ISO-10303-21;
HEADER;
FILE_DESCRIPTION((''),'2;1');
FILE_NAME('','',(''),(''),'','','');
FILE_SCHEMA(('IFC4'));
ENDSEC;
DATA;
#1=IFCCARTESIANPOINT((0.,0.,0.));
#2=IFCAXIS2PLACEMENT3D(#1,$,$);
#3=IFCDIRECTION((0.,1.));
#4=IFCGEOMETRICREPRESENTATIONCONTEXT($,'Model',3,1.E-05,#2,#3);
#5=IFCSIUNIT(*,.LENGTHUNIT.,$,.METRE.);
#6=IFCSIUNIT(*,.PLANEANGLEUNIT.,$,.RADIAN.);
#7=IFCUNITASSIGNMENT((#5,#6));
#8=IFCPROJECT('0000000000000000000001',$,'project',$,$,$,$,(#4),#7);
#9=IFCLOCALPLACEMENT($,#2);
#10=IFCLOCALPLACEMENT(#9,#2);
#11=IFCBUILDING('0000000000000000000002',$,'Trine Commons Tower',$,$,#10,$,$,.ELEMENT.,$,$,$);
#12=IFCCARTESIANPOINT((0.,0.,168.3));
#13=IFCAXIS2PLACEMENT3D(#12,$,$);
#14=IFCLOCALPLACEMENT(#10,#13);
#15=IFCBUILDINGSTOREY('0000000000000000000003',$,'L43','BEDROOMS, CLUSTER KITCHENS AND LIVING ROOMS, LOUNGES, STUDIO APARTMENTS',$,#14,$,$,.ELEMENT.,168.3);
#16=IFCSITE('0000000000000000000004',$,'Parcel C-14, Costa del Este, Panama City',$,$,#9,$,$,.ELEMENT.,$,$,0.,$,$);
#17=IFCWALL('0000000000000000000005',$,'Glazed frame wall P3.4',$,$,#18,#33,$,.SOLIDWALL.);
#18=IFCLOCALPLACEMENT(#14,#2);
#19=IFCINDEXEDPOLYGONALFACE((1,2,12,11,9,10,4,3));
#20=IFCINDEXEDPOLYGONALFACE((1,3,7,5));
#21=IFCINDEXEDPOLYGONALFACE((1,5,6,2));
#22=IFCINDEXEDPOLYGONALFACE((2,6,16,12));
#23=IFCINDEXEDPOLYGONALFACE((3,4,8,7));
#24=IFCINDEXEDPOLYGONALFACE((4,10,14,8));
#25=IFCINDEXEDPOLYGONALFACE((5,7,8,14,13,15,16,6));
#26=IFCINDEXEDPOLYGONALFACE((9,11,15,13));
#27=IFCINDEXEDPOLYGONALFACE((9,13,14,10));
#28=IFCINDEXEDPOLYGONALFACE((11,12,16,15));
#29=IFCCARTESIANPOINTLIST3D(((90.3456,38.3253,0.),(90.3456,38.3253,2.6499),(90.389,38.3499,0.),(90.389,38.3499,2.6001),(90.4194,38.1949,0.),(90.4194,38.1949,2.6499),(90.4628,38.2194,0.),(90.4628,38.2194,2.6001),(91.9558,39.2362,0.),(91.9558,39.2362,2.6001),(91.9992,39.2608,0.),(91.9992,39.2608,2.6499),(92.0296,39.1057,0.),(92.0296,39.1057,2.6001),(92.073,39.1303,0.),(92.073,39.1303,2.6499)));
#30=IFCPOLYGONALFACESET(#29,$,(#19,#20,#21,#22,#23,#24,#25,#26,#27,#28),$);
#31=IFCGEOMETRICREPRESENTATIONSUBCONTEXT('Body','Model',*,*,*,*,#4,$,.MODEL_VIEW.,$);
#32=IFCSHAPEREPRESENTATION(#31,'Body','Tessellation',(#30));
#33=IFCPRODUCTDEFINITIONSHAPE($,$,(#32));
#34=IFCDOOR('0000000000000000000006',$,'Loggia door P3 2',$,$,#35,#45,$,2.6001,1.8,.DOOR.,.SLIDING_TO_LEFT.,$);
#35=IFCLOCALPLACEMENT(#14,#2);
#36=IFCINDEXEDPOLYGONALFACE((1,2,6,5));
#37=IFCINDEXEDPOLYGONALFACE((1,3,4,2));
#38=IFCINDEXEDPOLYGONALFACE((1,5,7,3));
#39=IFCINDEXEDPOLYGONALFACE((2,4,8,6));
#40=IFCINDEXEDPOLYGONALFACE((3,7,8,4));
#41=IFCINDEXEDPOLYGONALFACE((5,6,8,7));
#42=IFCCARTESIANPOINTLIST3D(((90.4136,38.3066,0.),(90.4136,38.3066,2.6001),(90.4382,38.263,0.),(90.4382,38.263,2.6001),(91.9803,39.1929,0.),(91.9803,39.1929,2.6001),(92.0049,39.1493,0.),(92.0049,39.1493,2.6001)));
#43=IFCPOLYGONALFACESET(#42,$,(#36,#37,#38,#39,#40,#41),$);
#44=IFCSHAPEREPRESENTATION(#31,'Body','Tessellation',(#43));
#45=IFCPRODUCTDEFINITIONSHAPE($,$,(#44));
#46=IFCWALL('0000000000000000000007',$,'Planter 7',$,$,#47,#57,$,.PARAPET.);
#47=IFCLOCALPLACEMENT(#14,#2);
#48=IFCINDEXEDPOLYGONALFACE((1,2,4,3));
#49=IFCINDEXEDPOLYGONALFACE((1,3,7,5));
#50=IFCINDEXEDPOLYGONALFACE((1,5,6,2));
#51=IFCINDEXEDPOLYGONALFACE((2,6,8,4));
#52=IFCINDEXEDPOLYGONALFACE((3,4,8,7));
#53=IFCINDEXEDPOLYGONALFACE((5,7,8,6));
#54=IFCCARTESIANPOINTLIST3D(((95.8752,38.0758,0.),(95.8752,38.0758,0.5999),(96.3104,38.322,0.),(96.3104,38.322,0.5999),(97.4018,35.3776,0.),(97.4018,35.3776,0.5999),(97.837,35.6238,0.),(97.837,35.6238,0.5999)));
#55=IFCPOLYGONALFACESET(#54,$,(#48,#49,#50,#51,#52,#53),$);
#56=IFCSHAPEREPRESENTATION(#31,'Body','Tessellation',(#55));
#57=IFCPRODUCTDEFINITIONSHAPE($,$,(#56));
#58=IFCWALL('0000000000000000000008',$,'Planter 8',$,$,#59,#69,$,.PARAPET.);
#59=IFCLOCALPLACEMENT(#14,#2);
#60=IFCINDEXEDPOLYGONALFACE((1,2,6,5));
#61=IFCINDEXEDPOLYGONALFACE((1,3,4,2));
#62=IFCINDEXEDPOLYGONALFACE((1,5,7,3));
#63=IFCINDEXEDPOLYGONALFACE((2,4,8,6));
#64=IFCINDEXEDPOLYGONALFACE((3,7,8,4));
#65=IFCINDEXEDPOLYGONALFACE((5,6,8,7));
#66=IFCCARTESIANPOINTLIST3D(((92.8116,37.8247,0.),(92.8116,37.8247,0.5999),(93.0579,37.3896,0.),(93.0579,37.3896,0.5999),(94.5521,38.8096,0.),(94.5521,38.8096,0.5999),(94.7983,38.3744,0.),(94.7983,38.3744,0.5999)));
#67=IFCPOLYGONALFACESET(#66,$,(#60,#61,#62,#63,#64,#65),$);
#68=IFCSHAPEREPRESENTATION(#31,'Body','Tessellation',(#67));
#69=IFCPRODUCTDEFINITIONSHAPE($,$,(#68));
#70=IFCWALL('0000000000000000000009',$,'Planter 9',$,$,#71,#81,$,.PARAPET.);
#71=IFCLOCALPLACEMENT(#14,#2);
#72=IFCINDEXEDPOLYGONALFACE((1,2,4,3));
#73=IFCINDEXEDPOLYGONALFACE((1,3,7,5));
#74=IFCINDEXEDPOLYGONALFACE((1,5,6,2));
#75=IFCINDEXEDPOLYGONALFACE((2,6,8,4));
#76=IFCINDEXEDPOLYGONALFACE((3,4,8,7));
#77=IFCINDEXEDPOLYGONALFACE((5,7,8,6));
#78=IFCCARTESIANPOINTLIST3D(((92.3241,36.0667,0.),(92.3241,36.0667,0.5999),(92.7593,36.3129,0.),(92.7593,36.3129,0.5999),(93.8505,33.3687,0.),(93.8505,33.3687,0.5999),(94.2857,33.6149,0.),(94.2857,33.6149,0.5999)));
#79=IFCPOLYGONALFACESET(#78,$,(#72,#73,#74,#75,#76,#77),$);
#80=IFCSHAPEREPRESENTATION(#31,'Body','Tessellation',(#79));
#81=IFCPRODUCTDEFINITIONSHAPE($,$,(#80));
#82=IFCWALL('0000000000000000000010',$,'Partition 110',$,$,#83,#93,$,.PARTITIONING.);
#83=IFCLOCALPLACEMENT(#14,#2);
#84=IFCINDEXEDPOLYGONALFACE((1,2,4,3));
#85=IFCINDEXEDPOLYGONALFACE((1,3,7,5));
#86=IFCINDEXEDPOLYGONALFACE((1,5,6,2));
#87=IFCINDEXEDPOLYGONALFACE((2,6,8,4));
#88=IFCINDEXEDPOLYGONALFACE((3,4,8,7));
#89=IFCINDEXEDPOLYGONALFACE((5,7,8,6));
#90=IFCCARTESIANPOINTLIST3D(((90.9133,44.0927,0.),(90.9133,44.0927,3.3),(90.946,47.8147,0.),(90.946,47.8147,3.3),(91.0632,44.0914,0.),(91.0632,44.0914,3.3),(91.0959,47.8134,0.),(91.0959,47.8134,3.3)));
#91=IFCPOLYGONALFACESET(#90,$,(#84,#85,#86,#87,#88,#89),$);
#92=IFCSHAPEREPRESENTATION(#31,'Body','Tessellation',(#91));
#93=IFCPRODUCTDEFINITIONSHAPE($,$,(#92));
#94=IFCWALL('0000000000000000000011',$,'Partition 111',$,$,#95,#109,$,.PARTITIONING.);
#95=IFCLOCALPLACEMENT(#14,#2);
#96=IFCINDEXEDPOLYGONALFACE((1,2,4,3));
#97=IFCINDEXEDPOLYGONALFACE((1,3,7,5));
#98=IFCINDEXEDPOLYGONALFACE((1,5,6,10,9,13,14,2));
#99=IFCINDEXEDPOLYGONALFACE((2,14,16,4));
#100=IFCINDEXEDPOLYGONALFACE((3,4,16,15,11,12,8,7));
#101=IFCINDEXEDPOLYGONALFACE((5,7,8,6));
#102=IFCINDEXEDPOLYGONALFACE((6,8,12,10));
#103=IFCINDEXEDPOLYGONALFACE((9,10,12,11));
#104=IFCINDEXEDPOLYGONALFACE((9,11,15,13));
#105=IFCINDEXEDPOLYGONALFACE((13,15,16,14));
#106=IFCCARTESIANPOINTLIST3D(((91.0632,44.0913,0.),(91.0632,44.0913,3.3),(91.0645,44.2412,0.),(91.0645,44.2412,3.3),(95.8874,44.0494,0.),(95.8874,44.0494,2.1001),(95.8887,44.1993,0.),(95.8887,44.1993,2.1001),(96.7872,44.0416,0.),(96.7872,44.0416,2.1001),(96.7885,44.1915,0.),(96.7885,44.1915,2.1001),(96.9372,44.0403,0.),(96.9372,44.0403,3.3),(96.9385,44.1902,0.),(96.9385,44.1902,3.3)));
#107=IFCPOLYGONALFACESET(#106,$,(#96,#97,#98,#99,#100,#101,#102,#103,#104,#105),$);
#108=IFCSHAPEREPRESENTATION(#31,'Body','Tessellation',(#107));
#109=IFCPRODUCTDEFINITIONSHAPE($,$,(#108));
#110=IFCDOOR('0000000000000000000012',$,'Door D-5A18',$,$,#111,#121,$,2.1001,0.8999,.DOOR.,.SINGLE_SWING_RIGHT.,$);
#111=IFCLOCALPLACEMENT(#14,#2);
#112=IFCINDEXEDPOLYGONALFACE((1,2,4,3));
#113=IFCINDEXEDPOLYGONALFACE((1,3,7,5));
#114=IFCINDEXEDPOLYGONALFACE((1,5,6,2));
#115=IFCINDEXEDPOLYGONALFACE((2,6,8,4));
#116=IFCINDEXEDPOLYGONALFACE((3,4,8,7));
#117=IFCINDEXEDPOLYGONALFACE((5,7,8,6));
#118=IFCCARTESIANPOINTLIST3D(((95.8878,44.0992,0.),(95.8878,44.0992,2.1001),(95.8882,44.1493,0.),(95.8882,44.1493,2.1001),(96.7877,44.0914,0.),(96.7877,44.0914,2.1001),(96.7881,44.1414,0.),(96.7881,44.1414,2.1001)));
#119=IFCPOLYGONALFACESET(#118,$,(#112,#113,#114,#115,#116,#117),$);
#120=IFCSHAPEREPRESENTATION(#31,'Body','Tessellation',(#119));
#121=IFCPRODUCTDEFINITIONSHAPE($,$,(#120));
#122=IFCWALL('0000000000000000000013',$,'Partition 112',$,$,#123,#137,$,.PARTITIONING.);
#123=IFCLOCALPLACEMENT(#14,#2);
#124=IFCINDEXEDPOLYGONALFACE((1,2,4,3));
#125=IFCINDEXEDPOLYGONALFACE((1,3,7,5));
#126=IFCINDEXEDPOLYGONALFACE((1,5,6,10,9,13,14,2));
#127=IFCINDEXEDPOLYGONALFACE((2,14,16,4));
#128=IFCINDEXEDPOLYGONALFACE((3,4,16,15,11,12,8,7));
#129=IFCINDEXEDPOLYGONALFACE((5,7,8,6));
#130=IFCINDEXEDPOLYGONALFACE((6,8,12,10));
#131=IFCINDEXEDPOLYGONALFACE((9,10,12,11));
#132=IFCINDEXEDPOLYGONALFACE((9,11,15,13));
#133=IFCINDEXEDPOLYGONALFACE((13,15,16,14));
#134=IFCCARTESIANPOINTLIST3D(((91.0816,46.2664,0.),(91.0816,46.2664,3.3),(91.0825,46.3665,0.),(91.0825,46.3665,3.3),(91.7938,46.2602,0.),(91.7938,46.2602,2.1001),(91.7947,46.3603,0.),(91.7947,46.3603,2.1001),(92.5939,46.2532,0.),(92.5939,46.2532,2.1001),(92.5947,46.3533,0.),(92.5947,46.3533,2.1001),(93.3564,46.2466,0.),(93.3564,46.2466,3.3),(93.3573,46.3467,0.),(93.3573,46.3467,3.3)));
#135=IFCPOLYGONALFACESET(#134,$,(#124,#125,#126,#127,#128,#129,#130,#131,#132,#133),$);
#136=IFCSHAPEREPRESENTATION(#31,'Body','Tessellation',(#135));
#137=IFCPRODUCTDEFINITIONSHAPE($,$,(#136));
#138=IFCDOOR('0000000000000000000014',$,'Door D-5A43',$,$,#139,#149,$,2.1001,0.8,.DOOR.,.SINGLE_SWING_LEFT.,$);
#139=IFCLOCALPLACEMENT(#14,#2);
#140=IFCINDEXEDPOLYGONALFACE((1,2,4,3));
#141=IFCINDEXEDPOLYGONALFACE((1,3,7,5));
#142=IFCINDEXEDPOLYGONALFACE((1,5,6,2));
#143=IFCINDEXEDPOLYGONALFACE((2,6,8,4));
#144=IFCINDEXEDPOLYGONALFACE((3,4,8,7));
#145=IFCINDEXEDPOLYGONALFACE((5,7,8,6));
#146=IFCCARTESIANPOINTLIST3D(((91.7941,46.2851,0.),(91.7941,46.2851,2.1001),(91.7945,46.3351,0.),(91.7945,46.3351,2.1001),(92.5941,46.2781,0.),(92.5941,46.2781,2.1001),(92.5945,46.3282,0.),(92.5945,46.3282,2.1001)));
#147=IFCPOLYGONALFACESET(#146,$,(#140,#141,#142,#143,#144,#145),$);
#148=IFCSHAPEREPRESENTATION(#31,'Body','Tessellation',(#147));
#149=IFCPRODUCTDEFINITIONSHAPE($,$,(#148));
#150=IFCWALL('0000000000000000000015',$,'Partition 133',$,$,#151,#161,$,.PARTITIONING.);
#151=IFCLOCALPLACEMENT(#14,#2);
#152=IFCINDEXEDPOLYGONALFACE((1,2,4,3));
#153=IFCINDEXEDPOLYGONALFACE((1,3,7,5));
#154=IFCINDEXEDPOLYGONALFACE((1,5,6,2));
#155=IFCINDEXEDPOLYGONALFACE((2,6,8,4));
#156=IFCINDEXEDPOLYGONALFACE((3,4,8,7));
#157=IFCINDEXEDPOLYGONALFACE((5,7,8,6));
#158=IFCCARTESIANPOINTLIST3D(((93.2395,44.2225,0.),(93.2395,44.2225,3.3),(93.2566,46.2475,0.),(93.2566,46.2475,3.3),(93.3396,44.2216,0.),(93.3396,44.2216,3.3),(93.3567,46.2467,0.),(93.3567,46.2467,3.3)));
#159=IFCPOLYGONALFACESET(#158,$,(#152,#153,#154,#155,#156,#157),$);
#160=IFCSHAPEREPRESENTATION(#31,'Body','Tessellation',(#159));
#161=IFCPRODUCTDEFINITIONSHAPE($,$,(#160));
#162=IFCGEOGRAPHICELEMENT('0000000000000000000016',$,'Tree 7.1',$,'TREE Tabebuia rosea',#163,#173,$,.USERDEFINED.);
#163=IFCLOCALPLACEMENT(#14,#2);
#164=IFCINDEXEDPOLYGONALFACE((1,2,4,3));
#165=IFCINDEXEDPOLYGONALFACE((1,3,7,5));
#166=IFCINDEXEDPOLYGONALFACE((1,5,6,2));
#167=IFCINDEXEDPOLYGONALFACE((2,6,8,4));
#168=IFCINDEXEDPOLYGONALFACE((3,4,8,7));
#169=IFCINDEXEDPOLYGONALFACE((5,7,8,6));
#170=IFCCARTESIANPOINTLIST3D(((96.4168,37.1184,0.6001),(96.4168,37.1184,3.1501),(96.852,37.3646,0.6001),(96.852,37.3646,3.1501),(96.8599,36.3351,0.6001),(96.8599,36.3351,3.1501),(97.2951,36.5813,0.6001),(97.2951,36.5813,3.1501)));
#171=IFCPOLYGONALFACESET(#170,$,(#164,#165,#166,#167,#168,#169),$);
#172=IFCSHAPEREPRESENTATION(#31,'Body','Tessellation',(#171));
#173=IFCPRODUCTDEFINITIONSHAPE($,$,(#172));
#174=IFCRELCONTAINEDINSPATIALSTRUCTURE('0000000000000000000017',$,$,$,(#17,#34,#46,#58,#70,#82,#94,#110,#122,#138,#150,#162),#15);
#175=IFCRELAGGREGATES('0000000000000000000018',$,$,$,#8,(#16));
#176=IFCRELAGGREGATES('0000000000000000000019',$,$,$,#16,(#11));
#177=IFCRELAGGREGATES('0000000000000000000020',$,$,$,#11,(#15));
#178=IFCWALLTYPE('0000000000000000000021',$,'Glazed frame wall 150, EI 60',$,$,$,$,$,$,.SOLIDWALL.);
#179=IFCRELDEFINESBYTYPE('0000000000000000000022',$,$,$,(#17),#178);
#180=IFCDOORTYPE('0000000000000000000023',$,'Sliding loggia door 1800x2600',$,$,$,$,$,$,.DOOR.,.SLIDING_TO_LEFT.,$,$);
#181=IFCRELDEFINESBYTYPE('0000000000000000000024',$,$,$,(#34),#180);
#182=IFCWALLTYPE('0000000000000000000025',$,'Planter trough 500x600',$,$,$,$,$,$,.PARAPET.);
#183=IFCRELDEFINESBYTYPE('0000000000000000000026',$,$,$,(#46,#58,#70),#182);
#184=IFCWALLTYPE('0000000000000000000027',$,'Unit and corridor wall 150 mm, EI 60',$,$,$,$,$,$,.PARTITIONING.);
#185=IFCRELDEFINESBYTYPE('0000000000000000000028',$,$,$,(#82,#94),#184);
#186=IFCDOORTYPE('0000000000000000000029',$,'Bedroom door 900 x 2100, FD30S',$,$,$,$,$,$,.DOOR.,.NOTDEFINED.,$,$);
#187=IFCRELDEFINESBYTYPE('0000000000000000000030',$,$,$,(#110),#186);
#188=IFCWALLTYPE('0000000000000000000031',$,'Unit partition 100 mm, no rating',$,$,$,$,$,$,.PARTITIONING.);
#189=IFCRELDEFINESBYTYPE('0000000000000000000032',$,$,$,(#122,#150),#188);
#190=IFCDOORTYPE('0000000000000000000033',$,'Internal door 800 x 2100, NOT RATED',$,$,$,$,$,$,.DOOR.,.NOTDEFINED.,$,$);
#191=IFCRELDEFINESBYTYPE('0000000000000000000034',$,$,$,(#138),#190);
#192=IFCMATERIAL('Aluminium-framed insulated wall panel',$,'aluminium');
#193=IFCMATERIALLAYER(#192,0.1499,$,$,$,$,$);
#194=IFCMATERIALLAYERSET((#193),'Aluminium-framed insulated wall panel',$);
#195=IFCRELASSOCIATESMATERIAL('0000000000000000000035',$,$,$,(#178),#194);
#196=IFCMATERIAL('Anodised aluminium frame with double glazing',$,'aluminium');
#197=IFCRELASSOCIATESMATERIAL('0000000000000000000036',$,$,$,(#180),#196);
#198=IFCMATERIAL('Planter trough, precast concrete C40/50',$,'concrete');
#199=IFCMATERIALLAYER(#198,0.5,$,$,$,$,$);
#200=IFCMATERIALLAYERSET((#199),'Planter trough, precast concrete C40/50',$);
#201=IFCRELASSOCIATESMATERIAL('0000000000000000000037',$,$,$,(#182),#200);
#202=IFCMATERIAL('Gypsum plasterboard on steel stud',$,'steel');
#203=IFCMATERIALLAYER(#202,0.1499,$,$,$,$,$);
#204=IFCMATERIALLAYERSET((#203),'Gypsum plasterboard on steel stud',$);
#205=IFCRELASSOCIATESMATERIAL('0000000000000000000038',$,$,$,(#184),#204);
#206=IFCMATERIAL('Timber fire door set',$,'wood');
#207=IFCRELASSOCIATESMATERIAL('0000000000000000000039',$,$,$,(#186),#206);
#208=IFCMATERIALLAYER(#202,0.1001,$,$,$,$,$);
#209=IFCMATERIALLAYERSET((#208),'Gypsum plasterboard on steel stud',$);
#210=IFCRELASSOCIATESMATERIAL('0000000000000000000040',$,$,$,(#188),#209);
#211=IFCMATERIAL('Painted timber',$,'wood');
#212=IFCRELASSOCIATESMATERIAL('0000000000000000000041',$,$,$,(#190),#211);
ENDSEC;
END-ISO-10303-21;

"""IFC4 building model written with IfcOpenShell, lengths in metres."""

from ifc_helpers import new_model, si_unit, direction, frame, frame_2d, origin, origin_2d, place, context, subcontext, project, spatial, polyline, rectangle, outline, extrude, material, layer, layer_set, type_object, element, fill, save


model = new_model("IFC4")

# Units and contexts
model_context = context("Model", 3, precision=1e-05, world=origin(), true_north=direction((0.0, 1.0)))
body_context = subcontext(model_context, "Body", "Model", "MODEL_VIEW")
ifc_project = project(units=[si_unit("LENGTHUNIT", "METRE"), si_unit("PLANEANGLEUNIT", "RADIAN")], contexts=[model_context])

# Site, building, storey
site_placement = place(None, origin())
site = spatial("IfcSite", under=ifc_project, at=site_placement, Name="Parcel C-14, Costa del Este, Panama City", CompositionType="ELEMENT", RefElevation=0.0)
building_placement = place(site_placement, origin())
building = spatial("IfcBuilding", under=site, at=building_placement, Name="Trine Commons Tower", CompositionType="ELEMENT")
storey_placement = place(building_placement, frame((0.0, 0.0, 168.3)))
storey = spatial("IfcBuildingStorey", under=building, at=storey_placement, Name="L43", Description="BEDROOMS, CLUSTER KITCHENS AND LIVING ROOMS, LOUNGES, STUDIO APARTMENTS", CompositionType="ELEMENT", Elevation=168.3)

# Shared definitions
ifc_material_1 = material(Name="Aluminium-framed insulated wall panel", Category="aluminium")
ifc_layer_1 = layer(ifc_material_1, 0.1499)
ifc_layer_set_1 = layer_set([ifc_layer_1], Name="Aluminium-framed insulated wall panel")
wall_type_1 = type_object("IfcWallType", Name="Glazed frame wall 150, EI 60", PredefinedType="SOLIDWALL", material=ifc_layer_set_1)

# Shared definitions
ifc_material_2 = material(Name="Anodised aluminium frame with double glazing", Category="aluminium")
door_type_1 = type_object("IfcDoorType", Name="Sliding loggia door 1800x2600", OperationType="SLIDING_TO_LEFT", PredefinedType="DOOR", material=ifc_material_2)

# Wall, opening, door
wall_1_placement = place(storey_placement, frame((92.0361, 39.1956, 0.0), z_axis=(0.0, 0.0, 1.0), x_axis=(-0.870386, -0.492371, 0.0)))
wall_1 = element("IfcWall", 1, at=wall_1_placement, inside=storey, type_object=wall_type_1, Name="Glazed frame wall P3.4", PredefinedType="SOLIDWALL", context=body_context, shape_type="SweptSolid", body=[
    extrude(outline(polyline([(0.0, -0.075), (1.8999, -0.075), (1.8999, 0.075), (0.0, 0.075), (0.0, -0.075)])), origin(), (0.0, 0.0, 1.0), 2.6499),
])
opening_1_placement = place(wall_1_placement, frame((0.05, 0.0, 0.0)))
opening_1 = element("IfcOpeningElement", 2, at=opening_1_placement, cuts=wall_1, PredefinedType="OPENING", context=body_context, shape_type="SweptSolid", body=[
    extrude(rectangle(XDim=1.8, YDim=2.6001, at=frame_2d((0.8999, 1.3))), frame((0.0, 0.085, 0.0), z_axis=(0.0, -1.0, 0.0), x_axis=(1.0, 0.0, 0.0)), (0.0, 0.0, 1.0), 0.1699),
])
door_1_placement = place(opening_1_placement, origin())
door_1 = element("IfcDoor", 3, at=door_1_placement, inside=storey, type_object=door_type_1, Name="Loggia door P3 2", OperationType="SLIDING_TO_LEFT", OverallHeight=2.6001, OverallWidth=1.8, PredefinedType="DOOR", context=body_context, shape_type="SweptSolid", body=[
    extrude(rectangle(XDim=1.8, YDim=2.6001, at=frame_2d((0.8999, 1.3))), frame((0.0, 0.0249, 0.0), z_axis=(0.0, -1.0, 0.0), x_axis=(1.0, 0.0, 0.0)), (0.0, 0.0, 1.0), 0.05),
])
fill(opening_1, door_1)

# Walls
ifc_material_3 = material(Name="Planter trough, precast concrete C40/50", Category="concrete")
ifc_layer_2 = layer(ifc_material_3, 0.5)
ifc_layer_set_2 = layer_set([ifc_layer_2], Name="Planter trough, precast concrete C40/50")
wall_type_2 = type_object("IfcWallType", Name="Planter trough 500x600", PredefinedType="PARAPET", material=ifc_layer_set_2)
wall_2_placement = place(storey_placement, frame((97.6194, 35.5007, 0.0), z_axis=(0.0, 0.0, 1.0), x_axis=(-0.492428, 0.870353, 0.0)))
element("IfcWall", 4, at=wall_2_placement, inside=storey, type_object=wall_type_2, Name="Planter 7", PredefinedType="PARAPET", context=body_context, shape_type="SweptSolid", body=[
    extrude(rectangle(XDim=3.1001, YDim=0.5, at=frame_2d((1.55, 0.0))), origin(), (0.0, 0.0, 1.0), 0.5999),
])
wall_3_placement = place(storey_placement, frame((94.6753, 38.592, 0.0), z_axis=(0.0, 0.0, 1.0), x_axis=(-0.870324, -0.49248, 0.0)))
element("IfcWall", 5, at=wall_3_placement, inside=storey, type_object=wall_type_2, Name="Planter 8", PredefinedType="PARAPET", context=body_context, shape_type="SweptSolid", body=[
    extrude(rectangle(XDim=1.9998, YDim=0.5, at=frame_2d((1.0, 0.0))), origin(), (0.0, 0.0, 1.0), 0.5999),
])
wall_4_placement = place(storey_placement, frame((92.5417, 36.1897, 0.0), z_axis=(0.0, 0.0, 1.0), x_axis=(0.492402, -0.870368, 0.0)))
element("IfcWall", 6, at=wall_4_placement, inside=storey, type_object=wall_type_2, Name="Planter 9", PredefinedType="PARAPET", context=body_context, shape_type="SweptSolid", body=[
    extrude(rectangle(XDim=3.0999, YDim=0.5, at=frame_2d((1.5498, 0.0))), origin(), (0.0, 0.0, 1.0), 0.5999),
])
ifc_material_4 = material(Name="Gypsum plasterboard on steel stud", Category="steel")
ifc_layer_3 = layer(ifc_material_4, 0.1499)
ifc_layer_set_3 = layer_set([ifc_layer_3], Name="Gypsum plasterboard on steel stud")
wall_type_3 = type_object("IfcWallType", Name="Unit and corridor wall 150 mm, EI 60", PredefinedType="PARTITIONING", material=ifc_layer_set_3)
wall_5_placement = place(storey_placement, frame((90.9883, 44.092, 0.0), z_axis=(0.0, 0.0, 1.0), x_axis=(0.008789, 0.999961, 0.0)))
element("IfcWall", 7, at=wall_5_placement, inside=storey, type_object=wall_type_3, Name="Partition 110", PredefinedType="PARTITIONING", context=body_context, shape_type="SweptSolid", body=[
    extrude(rectangle(XDim=3.7222, YDim=0.1499, at=frame_2d((1.8611, 0.0))), origin(), (0.0, 0.0, 1.0), 3.3),
])

# Walls, openings, doors
wall_6_placement = place(storey_placement, frame((91.064, 44.1663, 0.0), z_axis=(0.0, 0.0, 1.0), x_axis=(0.999962, -0.008686, 0.0)))
wall_6 = element("IfcWall", 8, at=wall_6_placement, inside=storey, type_object=wall_type_3, Name="Partition 111", PredefinedType="PARTITIONING", context=body_context, shape_type="SweptSolid", body=[
    extrude(rectangle(XDim=5.8743, YDim=0.1499, at=frame_2d((2.937, 0.0))), origin(), (0.0, 0.0, 1.0), 3.3),
])
opening_2_placement = place(wall_6_placement, frame((4.8242, 0.0, 0.0)))
opening_2 = element("IfcOpeningElement", 9, at=opening_2_placement, cuts=wall_6, PredefinedType="OPENING", context=body_context, shape_type="SweptSolid", body=[
    extrude(rectangle(XDim=0.8999, YDim=2.1001, at=frame_2d((0.45, 1.05))), frame((0.0, 0.085, 0.0), z_axis=(0.0, -1.0, 0.0), x_axis=(1.0, 0.0, 0.0)), (0.0, 0.0, 1.0), 0.1699),
])
ifc_material_5 = material(Name="Timber fire door set", Category="wood")
door_type_2 = type_object("IfcDoorType", Name="Bedroom door 900 x 2100, FD30S", OperationType="NOTDEFINED", PredefinedType="DOOR", material=ifc_material_5)
door_2_placement = place(opening_2_placement, origin())
door_2 = element("IfcDoor", 10, at=door_2_placement, inside=storey, type_object=door_type_2, Name="Door D-5A18", OperationType="SINGLE_SWING_RIGHT", OverallHeight=2.1001, OverallWidth=0.8999, PredefinedType="DOOR", context=body_context, shape_type="SweptSolid", body=[
    extrude(rectangle(XDim=0.8999, YDim=2.1001, at=frame_2d((0.45, 1.05))), frame((0.0, 0.0249, 0.0), z_axis=(0.0, -1.0, 0.0), x_axis=(1.0, 0.0, 0.0)), (0.0, 0.0, 1.0), 0.05),
])
fill(opening_2, door_2)
ifc_layer_4 = layer(ifc_material_4, 0.1001)
ifc_layer_set_4 = layer_set([ifc_layer_4], Name="Gypsum plasterboard on steel stud")
wall_type_4 = type_object("IfcWallType", Name="Unit partition 100 mm, no rating", PredefinedType="PARTITIONING", material=ifc_layer_set_4)
wall_7_placement = place(storey_placement, frame((91.082, 46.3164, 0.0), z_axis=(0.0, 0.0, 1.0), x_axis=(0.999962, -0.008693, 0.0)))
wall_7 = element("IfcWall", 11, at=wall_7_placement, inside=storey, type_object=wall_type_4, Name="Partition 112", PredefinedType="PARTITIONING", context=body_context, shape_type="SweptSolid", body=[
    extrude(rectangle(XDim=2.2749, YDim=0.1001, at=frame_2d((1.1375, 0.0))), origin(), (0.0, 0.0, 1.0), 3.3),
])
opening_3_placement = place(wall_7_placement, frame((0.7124, 0.0, 0.0)))
opening_3 = element("IfcOpeningElement", 12, at=opening_3_placement, cuts=wall_7, PredefinedType="OPENING", context=body_context, shape_type="SweptSolid", body=[
    extrude(rectangle(XDim=0.8, YDim=2.1001, at=frame_2d((0.3999, 1.05))), frame((0.0, 0.0601, 0.0), z_axis=(0.0, -1.0, 0.0), x_axis=(1.0, 0.0, 0.0)), (0.0, 0.0, 1.0), 0.1201),
])
ifc_material_6 = material(Name="Painted timber", Category="wood")
door_type_3 = type_object("IfcDoorType", Name="Internal door 800 x 2100, NOT RATED", OperationType="NOTDEFINED", PredefinedType="DOOR", material=ifc_material_6)
door_3_placement = place(opening_3_placement, origin())
door_3 = element("IfcDoor", 13, at=door_3_placement, inside=storey, type_object=door_type_3, Name="Door D-5A43", OperationType="SINGLE_SWING_LEFT", OverallHeight=2.1001, OverallWidth=0.8, PredefinedType="DOOR", context=body_context, shape_type="SweptSolid", body=[
    extrude(rectangle(XDim=0.8, YDim=2.1001, at=frame_2d((0.3999, 1.05))), frame((0.0, 0.0249, 0.0), z_axis=(0.0, -1.0, 0.0), x_axis=(1.0, 0.0, 0.0)), (0.0, 0.0, 1.0), 0.05),
])
fill(opening_3, door_3)

# Wall
wall_8_placement = place(storey_placement, frame((93.2896, 44.2219, 0.0), z_axis=(0.0, 0.0, 1.0), x_axis=(0.008439, 0.999964, 0.0)))
element("IfcWall", 14, at=wall_8_placement, inside=storey, type_object=wall_type_4, Name="Partition 133", PredefinedType="PARTITIONING", context=body_context, shape_type="SweptSolid", body=[
    extrude(rectangle(XDim=2.0251, YDim=0.1001, at=frame_2d((1.0127, 0.0))), origin(), (0.0, 0.0, 1.0), 3.3),
])

# Geographic element
for number, where, z_axis, x_axis, name in (
    (15, (96.856, 36.8499, 0.6001), (0.0, 0.0, 1.0), (-0.492421, 0.870357, 0.0), "Tree 7.1"),
):
    element("IfcGeographicElement", number, at=place(storey_placement, frame(where, z_axis=z_axis, x_axis=x_axis)), inside=storey, Name=name, ObjectType="TREE Tabebuia rosea", PredefinedType="USERDEFINED", context=body_context, shape_type="SweptSolid", body=[
        extrude(rectangle(XDim=0.8999, YDim=0.5, at=origin_2d()), origin(), (0.0, 0.0, 1.0), 2.55),
    ])

save(model, "model.ifc")
